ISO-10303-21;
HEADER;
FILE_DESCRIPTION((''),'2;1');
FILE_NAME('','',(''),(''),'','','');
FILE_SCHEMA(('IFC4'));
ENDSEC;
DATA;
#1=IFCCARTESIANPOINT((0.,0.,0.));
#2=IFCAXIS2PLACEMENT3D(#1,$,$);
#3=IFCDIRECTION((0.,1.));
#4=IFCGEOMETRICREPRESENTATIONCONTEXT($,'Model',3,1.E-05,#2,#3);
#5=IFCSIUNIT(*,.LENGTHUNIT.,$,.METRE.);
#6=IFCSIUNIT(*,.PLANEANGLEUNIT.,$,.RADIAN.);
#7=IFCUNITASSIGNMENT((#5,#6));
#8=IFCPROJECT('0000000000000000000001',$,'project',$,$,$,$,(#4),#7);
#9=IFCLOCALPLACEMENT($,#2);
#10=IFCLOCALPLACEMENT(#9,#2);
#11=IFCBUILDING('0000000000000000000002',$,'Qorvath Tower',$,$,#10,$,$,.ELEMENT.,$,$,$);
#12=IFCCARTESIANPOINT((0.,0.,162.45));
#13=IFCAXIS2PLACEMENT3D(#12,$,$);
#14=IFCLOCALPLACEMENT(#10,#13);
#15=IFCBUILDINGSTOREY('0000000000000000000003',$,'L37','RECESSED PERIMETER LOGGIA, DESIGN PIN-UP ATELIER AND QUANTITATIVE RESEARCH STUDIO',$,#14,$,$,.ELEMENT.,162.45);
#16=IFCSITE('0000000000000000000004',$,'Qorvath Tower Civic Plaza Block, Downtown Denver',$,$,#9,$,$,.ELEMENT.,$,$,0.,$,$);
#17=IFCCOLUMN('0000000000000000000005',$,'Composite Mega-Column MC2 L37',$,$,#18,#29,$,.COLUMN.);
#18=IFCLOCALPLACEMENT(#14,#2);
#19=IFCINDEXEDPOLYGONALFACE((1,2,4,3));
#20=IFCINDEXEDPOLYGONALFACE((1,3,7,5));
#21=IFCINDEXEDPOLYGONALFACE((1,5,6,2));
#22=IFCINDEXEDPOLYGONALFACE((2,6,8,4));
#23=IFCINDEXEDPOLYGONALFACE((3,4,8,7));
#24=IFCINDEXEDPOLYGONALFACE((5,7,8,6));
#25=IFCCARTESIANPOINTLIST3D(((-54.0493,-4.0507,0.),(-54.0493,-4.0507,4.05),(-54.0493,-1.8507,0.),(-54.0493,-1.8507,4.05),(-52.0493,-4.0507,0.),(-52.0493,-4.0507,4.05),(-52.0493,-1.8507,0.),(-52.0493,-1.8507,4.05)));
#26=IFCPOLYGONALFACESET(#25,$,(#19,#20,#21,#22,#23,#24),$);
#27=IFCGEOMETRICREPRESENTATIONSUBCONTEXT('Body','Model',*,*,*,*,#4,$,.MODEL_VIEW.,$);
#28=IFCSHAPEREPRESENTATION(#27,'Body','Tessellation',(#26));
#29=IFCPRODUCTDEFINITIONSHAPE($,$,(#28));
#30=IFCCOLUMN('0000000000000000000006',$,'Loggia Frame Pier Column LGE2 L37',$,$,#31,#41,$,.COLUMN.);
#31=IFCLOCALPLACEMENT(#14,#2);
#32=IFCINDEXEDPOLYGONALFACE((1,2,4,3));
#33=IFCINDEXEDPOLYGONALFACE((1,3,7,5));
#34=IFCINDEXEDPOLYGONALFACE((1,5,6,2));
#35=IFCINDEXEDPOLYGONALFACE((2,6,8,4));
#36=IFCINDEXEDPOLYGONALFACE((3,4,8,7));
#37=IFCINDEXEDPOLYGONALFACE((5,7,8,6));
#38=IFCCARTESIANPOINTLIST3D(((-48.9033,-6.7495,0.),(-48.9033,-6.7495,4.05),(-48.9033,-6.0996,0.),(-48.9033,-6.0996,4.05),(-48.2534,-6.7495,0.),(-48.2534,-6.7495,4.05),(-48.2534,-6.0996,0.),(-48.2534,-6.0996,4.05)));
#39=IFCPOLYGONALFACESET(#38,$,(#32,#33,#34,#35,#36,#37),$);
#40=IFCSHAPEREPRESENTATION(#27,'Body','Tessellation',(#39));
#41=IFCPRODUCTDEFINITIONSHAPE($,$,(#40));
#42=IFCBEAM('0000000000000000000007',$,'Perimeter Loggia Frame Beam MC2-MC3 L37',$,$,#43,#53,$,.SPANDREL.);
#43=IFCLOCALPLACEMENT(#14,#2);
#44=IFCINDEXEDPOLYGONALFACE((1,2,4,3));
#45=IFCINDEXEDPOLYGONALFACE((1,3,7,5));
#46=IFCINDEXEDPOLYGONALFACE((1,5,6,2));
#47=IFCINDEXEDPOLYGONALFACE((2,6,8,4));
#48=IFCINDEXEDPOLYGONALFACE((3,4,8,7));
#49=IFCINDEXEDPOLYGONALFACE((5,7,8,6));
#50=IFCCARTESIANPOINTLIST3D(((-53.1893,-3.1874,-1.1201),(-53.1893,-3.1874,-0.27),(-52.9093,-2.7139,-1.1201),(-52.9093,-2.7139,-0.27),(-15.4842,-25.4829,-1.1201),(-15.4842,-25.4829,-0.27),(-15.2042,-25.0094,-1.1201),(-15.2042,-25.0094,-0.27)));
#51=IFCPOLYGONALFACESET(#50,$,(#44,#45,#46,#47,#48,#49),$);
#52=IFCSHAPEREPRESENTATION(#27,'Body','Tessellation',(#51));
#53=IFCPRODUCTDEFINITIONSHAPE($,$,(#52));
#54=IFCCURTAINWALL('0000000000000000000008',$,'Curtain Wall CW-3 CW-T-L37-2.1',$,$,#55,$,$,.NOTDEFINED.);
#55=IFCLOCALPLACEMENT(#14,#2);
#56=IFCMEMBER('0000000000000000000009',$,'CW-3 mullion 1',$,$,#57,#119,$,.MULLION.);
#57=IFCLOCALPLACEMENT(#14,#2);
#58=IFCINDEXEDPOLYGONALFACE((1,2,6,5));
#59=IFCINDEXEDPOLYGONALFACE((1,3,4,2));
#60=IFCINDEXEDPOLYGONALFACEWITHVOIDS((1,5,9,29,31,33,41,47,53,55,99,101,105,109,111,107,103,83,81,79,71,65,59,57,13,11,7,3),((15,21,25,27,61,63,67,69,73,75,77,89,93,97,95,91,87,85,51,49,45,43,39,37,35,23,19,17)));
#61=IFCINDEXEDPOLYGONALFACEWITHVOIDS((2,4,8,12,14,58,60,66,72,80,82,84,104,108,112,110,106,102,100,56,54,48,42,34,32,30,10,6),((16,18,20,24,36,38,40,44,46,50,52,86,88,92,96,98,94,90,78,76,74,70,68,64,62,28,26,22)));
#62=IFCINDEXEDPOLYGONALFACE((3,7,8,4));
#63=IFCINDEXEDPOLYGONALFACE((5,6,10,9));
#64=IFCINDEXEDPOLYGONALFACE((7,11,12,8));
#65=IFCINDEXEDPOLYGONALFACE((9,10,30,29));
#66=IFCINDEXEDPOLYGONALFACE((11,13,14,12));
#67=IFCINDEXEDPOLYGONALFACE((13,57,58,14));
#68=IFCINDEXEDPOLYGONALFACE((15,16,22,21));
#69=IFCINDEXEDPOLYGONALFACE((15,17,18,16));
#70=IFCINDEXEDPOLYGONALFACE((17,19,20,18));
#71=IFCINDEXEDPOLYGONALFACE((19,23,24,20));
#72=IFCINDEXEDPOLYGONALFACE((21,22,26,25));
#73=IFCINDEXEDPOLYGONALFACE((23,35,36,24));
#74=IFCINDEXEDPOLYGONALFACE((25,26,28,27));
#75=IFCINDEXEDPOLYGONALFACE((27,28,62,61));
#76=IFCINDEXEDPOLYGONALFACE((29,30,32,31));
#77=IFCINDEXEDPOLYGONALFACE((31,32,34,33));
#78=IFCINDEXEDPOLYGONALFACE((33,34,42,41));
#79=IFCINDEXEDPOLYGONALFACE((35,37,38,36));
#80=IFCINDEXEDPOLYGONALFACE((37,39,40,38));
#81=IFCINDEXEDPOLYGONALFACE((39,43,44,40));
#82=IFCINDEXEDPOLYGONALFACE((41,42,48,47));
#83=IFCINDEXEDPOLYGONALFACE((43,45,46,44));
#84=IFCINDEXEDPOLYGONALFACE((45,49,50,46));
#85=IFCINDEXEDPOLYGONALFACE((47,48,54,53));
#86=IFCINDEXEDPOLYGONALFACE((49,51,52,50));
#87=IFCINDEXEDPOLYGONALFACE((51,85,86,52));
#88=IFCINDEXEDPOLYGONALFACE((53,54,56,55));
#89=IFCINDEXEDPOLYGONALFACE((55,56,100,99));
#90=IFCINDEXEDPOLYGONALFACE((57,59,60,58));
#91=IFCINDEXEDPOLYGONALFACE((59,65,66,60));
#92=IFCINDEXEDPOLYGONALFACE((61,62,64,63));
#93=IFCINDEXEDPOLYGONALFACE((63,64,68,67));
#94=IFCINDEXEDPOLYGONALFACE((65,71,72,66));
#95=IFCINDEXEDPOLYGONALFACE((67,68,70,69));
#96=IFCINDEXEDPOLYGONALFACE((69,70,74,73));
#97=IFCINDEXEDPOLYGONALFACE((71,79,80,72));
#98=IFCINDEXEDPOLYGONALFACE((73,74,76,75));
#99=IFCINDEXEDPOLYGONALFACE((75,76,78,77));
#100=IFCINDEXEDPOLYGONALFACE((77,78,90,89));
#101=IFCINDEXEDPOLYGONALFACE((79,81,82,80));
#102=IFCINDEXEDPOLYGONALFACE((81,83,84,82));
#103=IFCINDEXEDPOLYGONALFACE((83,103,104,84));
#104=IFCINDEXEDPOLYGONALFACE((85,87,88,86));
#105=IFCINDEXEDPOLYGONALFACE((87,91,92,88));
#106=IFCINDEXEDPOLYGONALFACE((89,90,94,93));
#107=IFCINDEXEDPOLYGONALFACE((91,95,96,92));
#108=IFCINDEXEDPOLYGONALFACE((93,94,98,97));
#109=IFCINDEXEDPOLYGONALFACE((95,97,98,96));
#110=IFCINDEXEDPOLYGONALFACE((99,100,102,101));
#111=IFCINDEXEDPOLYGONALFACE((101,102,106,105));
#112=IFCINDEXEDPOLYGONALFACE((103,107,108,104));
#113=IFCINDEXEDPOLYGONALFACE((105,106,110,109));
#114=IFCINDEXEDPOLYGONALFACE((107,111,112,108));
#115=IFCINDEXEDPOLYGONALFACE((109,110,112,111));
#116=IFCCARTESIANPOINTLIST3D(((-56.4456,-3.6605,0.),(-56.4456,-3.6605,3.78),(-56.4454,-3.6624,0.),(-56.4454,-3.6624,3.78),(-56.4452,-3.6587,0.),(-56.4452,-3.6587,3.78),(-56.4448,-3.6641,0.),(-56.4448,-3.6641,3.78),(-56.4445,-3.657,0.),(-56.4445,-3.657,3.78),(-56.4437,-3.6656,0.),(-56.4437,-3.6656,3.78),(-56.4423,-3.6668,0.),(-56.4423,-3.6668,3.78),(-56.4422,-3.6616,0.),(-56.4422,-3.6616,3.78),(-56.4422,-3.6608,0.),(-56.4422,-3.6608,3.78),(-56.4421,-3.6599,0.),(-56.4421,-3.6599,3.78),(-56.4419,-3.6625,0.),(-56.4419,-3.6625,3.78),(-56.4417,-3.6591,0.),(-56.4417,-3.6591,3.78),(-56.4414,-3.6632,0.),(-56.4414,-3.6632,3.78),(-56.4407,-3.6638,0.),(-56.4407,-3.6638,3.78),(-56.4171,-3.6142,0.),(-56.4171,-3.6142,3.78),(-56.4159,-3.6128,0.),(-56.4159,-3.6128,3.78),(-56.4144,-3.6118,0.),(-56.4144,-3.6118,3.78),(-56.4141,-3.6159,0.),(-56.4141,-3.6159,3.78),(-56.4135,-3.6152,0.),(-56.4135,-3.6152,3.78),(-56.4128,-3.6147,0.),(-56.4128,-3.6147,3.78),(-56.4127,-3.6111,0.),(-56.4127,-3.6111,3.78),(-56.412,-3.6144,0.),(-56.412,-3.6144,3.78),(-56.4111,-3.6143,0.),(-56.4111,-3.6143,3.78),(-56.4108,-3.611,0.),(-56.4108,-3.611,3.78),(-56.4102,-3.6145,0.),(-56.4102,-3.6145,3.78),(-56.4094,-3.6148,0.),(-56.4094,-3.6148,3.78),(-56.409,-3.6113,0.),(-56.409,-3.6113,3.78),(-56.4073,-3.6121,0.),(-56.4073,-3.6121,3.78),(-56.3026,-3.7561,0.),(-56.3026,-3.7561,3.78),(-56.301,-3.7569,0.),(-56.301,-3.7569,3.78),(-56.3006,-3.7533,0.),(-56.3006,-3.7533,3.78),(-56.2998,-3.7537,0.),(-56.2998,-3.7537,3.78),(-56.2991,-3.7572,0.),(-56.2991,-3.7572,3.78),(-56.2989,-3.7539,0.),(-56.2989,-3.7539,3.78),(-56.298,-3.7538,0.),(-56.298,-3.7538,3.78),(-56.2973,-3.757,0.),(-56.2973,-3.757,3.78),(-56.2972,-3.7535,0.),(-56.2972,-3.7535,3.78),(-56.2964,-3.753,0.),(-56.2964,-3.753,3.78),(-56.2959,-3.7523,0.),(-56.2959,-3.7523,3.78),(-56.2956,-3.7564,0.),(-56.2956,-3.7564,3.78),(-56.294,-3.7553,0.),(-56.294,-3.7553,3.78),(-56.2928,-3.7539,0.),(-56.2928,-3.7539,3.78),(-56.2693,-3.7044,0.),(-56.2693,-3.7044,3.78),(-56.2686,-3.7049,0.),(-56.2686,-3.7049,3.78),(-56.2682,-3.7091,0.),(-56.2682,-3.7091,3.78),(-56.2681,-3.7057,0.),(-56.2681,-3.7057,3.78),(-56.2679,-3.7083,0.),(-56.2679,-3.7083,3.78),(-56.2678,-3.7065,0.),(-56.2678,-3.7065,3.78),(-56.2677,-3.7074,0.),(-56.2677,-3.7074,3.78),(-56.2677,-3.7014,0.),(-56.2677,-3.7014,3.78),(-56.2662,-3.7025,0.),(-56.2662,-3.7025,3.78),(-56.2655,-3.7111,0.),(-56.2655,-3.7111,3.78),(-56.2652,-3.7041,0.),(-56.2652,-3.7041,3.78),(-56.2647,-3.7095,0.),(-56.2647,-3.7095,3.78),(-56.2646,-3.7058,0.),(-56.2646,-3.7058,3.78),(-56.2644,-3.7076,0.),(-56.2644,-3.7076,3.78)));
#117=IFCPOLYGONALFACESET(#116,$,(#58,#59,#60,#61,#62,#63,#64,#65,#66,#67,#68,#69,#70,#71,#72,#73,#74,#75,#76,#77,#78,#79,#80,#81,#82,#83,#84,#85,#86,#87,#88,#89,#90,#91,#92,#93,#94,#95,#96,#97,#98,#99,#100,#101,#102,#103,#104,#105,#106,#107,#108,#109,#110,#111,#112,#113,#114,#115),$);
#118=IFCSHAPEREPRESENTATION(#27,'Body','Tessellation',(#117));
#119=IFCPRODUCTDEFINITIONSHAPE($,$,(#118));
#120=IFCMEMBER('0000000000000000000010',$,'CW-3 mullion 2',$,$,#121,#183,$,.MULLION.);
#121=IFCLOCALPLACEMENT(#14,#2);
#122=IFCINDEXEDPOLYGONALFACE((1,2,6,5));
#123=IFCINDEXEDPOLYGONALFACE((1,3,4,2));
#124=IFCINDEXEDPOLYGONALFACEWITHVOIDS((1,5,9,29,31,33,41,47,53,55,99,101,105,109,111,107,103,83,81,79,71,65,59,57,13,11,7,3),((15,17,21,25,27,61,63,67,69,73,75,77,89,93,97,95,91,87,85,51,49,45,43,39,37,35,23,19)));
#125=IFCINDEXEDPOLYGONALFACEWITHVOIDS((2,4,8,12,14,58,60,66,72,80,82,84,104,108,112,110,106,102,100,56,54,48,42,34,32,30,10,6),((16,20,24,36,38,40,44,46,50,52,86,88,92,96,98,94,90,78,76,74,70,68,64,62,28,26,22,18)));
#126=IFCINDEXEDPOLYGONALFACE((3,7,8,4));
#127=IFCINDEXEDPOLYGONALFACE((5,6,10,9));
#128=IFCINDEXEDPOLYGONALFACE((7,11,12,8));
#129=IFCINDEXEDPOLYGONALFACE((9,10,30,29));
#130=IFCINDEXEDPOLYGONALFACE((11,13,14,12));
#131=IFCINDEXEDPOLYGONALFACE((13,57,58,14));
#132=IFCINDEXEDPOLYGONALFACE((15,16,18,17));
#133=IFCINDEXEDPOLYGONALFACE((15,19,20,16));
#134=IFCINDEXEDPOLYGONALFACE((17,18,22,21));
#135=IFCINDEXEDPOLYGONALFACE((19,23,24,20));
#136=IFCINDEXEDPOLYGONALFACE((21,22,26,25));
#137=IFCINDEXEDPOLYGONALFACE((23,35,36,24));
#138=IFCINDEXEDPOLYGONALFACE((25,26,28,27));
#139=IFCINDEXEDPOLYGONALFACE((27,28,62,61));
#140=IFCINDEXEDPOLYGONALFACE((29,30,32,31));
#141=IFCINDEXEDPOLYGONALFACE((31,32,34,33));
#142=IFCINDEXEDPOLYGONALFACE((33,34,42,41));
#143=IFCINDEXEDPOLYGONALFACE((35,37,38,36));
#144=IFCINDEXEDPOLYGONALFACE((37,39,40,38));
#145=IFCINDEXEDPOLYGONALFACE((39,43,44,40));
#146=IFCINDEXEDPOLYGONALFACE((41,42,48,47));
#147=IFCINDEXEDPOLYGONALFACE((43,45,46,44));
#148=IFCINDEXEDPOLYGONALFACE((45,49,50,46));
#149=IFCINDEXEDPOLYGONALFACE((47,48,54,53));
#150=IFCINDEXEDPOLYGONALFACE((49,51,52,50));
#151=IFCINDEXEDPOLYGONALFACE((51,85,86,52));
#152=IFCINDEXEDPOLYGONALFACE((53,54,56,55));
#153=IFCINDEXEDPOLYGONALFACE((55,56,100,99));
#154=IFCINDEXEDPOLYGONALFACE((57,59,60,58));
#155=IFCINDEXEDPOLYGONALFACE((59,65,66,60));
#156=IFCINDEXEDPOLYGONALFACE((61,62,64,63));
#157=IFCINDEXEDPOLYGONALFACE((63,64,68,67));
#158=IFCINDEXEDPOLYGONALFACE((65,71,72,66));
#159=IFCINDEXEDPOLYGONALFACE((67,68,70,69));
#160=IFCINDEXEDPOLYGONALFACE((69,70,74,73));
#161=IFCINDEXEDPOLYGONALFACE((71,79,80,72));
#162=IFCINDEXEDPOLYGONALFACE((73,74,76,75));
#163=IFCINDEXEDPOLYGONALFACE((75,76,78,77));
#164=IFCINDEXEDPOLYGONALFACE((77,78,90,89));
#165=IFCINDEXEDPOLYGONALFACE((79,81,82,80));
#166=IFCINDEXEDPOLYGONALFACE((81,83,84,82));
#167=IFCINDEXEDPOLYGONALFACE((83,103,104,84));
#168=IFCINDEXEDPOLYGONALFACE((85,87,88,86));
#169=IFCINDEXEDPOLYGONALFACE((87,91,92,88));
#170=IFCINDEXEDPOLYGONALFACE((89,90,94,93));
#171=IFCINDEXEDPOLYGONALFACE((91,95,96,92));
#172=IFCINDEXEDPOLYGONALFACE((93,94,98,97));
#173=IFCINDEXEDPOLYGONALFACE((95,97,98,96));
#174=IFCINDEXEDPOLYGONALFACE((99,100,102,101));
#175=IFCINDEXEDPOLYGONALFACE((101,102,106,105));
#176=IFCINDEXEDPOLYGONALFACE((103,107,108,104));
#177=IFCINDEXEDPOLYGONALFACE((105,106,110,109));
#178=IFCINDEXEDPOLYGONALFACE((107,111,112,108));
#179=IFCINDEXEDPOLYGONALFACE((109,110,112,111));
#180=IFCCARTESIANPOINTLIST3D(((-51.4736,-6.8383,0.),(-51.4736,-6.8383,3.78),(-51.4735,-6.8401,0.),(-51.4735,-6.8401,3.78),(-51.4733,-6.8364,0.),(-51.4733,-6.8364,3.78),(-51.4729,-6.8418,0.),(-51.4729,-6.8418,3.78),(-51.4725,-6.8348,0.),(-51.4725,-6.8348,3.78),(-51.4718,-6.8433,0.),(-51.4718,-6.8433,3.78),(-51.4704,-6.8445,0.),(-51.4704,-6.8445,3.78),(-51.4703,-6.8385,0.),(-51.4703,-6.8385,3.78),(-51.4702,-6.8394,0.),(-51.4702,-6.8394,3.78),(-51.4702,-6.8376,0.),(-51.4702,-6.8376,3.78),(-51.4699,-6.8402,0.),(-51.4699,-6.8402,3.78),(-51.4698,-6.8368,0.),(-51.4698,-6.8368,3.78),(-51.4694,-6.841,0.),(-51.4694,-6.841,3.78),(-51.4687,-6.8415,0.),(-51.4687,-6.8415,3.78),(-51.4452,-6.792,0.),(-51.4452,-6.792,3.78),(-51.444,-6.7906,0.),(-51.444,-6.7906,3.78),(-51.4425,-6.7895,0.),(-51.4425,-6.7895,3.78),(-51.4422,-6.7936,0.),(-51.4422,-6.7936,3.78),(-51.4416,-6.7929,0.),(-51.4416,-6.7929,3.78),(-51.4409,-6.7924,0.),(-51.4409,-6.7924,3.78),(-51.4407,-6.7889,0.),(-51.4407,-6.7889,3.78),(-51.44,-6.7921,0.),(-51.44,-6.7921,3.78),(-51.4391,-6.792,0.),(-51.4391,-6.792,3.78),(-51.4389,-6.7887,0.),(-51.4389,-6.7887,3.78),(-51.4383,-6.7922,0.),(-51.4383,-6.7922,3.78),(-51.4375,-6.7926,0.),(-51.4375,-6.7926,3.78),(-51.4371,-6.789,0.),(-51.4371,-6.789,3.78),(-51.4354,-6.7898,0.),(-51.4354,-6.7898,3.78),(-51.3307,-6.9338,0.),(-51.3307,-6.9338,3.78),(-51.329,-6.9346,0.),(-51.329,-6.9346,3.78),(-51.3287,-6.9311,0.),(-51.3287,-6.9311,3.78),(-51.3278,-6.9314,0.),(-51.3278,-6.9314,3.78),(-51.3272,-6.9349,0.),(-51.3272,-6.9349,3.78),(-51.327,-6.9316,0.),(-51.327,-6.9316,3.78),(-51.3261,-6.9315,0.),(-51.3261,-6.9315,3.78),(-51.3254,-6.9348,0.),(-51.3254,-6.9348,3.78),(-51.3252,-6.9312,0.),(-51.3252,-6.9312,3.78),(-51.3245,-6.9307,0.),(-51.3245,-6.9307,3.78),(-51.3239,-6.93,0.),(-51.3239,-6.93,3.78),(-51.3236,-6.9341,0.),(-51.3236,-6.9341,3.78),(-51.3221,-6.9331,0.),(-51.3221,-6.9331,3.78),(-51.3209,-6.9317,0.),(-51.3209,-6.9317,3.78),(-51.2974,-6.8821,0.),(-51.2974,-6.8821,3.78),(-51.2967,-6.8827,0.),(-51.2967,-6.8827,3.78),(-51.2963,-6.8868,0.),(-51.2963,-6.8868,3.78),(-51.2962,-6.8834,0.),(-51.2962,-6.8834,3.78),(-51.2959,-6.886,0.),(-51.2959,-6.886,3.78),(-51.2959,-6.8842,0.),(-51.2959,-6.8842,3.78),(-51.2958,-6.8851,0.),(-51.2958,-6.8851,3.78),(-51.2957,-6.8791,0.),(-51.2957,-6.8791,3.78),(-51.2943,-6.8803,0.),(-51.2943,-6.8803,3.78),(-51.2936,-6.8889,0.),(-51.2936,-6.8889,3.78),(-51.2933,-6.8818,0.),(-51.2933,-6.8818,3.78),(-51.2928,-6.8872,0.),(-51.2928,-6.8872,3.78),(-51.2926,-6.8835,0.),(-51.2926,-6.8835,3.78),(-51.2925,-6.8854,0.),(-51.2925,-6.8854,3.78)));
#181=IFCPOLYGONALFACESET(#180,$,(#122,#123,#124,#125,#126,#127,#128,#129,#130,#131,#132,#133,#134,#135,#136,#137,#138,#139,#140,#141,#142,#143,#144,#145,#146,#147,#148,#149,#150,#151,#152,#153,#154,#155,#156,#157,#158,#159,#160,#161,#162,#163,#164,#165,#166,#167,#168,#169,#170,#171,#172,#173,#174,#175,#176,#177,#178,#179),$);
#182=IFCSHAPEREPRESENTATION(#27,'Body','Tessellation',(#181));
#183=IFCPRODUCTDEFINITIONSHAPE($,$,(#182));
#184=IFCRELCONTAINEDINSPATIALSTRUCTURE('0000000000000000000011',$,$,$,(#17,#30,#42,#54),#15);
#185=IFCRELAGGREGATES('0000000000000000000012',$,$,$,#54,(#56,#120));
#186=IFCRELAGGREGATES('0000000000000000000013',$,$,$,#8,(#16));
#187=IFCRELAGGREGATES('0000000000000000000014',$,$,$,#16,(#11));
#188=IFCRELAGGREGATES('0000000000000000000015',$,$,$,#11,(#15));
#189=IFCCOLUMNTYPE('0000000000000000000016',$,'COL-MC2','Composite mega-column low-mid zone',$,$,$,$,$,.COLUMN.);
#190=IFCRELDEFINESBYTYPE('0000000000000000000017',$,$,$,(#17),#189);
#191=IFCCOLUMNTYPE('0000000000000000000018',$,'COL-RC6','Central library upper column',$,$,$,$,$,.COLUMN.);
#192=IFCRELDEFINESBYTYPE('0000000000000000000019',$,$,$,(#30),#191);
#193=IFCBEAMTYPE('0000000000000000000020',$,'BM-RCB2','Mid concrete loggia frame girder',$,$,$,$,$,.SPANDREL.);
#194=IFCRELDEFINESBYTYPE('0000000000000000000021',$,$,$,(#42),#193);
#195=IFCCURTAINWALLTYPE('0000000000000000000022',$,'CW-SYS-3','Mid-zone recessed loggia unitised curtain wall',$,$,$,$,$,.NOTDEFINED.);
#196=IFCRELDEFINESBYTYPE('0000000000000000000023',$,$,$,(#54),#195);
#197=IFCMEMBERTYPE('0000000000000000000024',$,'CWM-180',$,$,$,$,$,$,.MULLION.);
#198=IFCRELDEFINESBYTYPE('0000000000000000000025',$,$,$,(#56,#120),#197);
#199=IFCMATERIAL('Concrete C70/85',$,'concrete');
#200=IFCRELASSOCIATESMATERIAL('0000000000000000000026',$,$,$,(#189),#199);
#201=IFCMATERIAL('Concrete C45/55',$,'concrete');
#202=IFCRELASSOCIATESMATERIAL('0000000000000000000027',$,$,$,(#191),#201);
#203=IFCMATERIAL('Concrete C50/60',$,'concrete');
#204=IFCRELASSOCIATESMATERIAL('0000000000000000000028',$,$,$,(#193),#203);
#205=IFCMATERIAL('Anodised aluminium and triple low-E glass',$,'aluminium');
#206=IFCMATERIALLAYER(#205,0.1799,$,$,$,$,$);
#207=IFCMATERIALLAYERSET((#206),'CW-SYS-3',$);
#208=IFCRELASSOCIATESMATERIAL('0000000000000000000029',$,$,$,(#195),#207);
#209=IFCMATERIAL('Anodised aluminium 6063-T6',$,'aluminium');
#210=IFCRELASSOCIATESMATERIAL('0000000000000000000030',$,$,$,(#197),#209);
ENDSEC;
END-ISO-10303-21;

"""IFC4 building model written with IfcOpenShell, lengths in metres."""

from ifc_helpers import new_model, si_unit, direction, frame, origin, origin_2d, place, context, subcontext, project, spatial, rectangle, hollow_rectangle, extrude, material, layer, layer_set, material_profile, profile_set, type_object, element, aggregate, save


model = new_model("IFC4")

# Units and contexts
model_context = context("Model", 3, precision=1e-05, world=origin(), true_north=direction((0.0, 1.0)))
body_context = subcontext(model_context, "Body", "Model", "MODEL_VIEW")
ifc_project = project(units=[si_unit("LENGTHUNIT", "METRE"), si_unit("PLANEANGLEUNIT", "RADIAN")], contexts=[model_context])

# Site, building, storey
site_placement = place(None, origin())
site = spatial("IfcSite", under=ifc_project, at=site_placement, Name="Qorvath Tower Civic Plaza Block, Downtown Denver", CompositionType="ELEMENT", RefElevation=0.0)
building_placement = place(site_placement, origin())
building = spatial("IfcBuilding", under=site, at=building_placement, Name="Qorvath Tower", CompositionType="ELEMENT")
storey_placement = place(building_placement, frame((0.0, 0.0, 162.45)))
storey = spatial("IfcBuildingStorey", under=building, at=storey_placement, Name="L37", Description="RECESSED PERIMETER LOGGIA, DESIGN PIN-UP ATELIER AND QUANTITATIVE RESEARCH STUDIO", CompositionType="ELEMENT", Elevation=162.45)

# Columns
ifc_material_1 = material(Name="Concrete C70/85", Category="concrete")
ifc_material_profile_1 = material_profile(ifc_material_1, rectangle(XDim=2.0, YDim=2.2, at=origin_2d()), Name="MC 2200x2000")
ifc_profile_set_1 = profile_set([ifc_material_profile_1], Name="Concrete C70/85")
column_type_1 = type_object("IfcColumnType", Name="COL-MC2", Description="Composite mega-column low-mid zone", PredefinedType="COLUMN", material=ifc_profile_set_1)
column_1_placement = place(storey_placement, frame((-53.0493, -2.9507, 0.0), z_axis=(0.0, 0.0, 1.0), x_axis=(1.0, 0.0, 0.0)))
element("IfcColumn", 1, at=column_1_placement, inside=storey, type_object=column_type_1, Name="Composite Mega-Column MC2 L37", PredefinedType="COLUMN", context=body_context, shape_type="SweptSolid", body=[
    extrude(rectangle(XDim=2.0, YDim=2.2, at=origin_2d()), origin(), (0.0, 0.0, 1.0), 4.05),
])
ifc_material_2 = material(Name="Concrete C45/55", Category="concrete")
ifc_material_profile_2 = material_profile(ifc_material_2, rectangle(XDim=0.6499, YDim=0.6499, at=origin_2d()), Name="RC 650x650")
ifc_profile_set_2 = profile_set([ifc_material_profile_2], Name="Concrete C45/55")
column_type_2 = type_object("IfcColumnType", Name="COL-RC6", Description="Central library upper column", PredefinedType="COLUMN", material=ifc_profile_set_2)
column_2_placement = place(storey_placement, frame((-48.5784, -6.4246, 0.0), z_axis=(0.0, 0.0, 1.0), x_axis=(1.0, 0.0, 0.0)))
element("IfcColumn", 2, at=column_2_placement, inside=storey, type_object=column_type_2, Name="Loggia Frame Pier Column LGE2 L37", PredefinedType="COLUMN", context=body_context, shape_type="SweptSolid", body=[
    extrude(rectangle(XDim=0.6499, YDim=0.6499, at=origin_2d()), origin(), (0.0, 0.0, 1.0), 4.05),
])

# Beam
ifc_material_3 = material(Name="Concrete C50/60", Category="concrete")
ifc_material_profile_3 = material_profile(ifc_material_3, rectangle(XDim=0.55, YDim=0.8501, at=origin_2d()), Name="RCB 850x550")
ifc_profile_set_3 = profile_set([ifc_material_profile_3], Name="Concrete C50/60")
beam_type = type_object("IfcBeamType", Name="BM-RCB2", Description="Mid concrete loggia frame girder", PredefinedType="SPANDREL", material=ifc_profile_set_3)
beam_placement = place(storey_placement, frame((-53.0493, -2.9507, -0.6951), z_axis=(0.860775, -0.508985, 0.0), x_axis=(0.508985, 0.860775, 0.0)))
element("IfcBeam", 3, at=beam_placement, inside=storey, type_object=beam_type, Name="Perimeter Loggia Frame Beam MC2-MC3 L37", PredefinedType="SPANDREL", context=body_context, shape_type="SweptSolid", body=[
    extrude(rectangle(XDim=0.55, YDim=0.8501, at=origin_2d()), origin(), (0.0, 0.0, 1.0), 43.8037),
])

# Curtain wall, members
ifc_material_4 = material(Name="Anodised aluminium and triple low-E glass", Category="aluminium")
ifc_layer_1 = layer(ifc_material_4, 0.1799)
ifc_layer_set_1 = layer_set([ifc_layer_1], Name="CW-SYS-3")
curtain_wall_type = type_object("IfcCurtainWallType", Name="CW-SYS-3", Description="Mid-zone recessed loggia unitised curtain wall", PredefinedType="NOTDEFINED", material=ifc_layer_set_1)
curtain_wall_placement = place(storey_placement, origin())
curtain_wall = element("IfcCurtainWall", 4, at=curtain_wall_placement, inside=storey, type_object=curtain_wall_type, Name="Curtain Wall CW-3 CW-T-L37-2.1", PredefinedType="NOTDEFINED")
ifc_material_5 = material(Name="Anodised aluminium 6063-T6", Category="aluminium")
ifc_material_profile_4 = material_profile(ifc_material_5, hollow_rectangle(XDim=0.0649, YDim=0.1799, WallThickness=0.0034, InnerFilletRadius=0.0034, OuterFilletRadius=0.0071, at=origin_2d()), Name="CWM 180x65")
ifc_profile_set_4 = profile_set([ifc_material_profile_4], Name="Anodised aluminium 6063-T6")
member_type_1 = type_object("IfcMemberType", Name="CWM-180", PredefinedType="MULLION", material=ifc_profile_set_4)
member_1_placement = place(storey_placement, frame((-56.355, -3.6841, 0.0), z_axis=(0.0, 0.0, 1.0), x_axis=(0.538534, 0.842604, 0.0)))
member_1 = element("IfcMember", 5, at=member_1_placement, type_object=member_type_1, Name="CW-3 mullion 1", PredefinedType="MULLION", context=body_context, shape_type="SweptSolid", body=[
    extrude(hollow_rectangle(XDim=0.0649, YDim=0.1799, WallThickness=0.0034, InnerFilletRadius=0.0034, OuterFilletRadius=0.0071, at=origin_2d()), origin(), (0.0, 0.0, 1.0), 3.78),
])
member_2_placement = place(storey_placement, frame((-51.3831, -6.8618, 0.0), z_axis=(0.0, 0.0, 1.0), x_axis=(0.538534, 0.842604, 0.0)))
member_2 = element("IfcMember", 6, at=member_2_placement, type_object=member_type_1, Name="CW-3 mullion 2", PredefinedType="MULLION", context=body_context, shape_type="SweptSolid", body=[
    extrude(hollow_rectangle(XDim=0.0649, YDim=0.1799, WallThickness=0.0034, InnerFilletRadius=0.0034, OuterFilletRadius=0.0071, at=origin_2d()), origin(), (0.0, 0.0, 1.0), 3.78),
])
aggregate(curtain_wall, [member_1, member_2])

save(model, "model.ifc")
